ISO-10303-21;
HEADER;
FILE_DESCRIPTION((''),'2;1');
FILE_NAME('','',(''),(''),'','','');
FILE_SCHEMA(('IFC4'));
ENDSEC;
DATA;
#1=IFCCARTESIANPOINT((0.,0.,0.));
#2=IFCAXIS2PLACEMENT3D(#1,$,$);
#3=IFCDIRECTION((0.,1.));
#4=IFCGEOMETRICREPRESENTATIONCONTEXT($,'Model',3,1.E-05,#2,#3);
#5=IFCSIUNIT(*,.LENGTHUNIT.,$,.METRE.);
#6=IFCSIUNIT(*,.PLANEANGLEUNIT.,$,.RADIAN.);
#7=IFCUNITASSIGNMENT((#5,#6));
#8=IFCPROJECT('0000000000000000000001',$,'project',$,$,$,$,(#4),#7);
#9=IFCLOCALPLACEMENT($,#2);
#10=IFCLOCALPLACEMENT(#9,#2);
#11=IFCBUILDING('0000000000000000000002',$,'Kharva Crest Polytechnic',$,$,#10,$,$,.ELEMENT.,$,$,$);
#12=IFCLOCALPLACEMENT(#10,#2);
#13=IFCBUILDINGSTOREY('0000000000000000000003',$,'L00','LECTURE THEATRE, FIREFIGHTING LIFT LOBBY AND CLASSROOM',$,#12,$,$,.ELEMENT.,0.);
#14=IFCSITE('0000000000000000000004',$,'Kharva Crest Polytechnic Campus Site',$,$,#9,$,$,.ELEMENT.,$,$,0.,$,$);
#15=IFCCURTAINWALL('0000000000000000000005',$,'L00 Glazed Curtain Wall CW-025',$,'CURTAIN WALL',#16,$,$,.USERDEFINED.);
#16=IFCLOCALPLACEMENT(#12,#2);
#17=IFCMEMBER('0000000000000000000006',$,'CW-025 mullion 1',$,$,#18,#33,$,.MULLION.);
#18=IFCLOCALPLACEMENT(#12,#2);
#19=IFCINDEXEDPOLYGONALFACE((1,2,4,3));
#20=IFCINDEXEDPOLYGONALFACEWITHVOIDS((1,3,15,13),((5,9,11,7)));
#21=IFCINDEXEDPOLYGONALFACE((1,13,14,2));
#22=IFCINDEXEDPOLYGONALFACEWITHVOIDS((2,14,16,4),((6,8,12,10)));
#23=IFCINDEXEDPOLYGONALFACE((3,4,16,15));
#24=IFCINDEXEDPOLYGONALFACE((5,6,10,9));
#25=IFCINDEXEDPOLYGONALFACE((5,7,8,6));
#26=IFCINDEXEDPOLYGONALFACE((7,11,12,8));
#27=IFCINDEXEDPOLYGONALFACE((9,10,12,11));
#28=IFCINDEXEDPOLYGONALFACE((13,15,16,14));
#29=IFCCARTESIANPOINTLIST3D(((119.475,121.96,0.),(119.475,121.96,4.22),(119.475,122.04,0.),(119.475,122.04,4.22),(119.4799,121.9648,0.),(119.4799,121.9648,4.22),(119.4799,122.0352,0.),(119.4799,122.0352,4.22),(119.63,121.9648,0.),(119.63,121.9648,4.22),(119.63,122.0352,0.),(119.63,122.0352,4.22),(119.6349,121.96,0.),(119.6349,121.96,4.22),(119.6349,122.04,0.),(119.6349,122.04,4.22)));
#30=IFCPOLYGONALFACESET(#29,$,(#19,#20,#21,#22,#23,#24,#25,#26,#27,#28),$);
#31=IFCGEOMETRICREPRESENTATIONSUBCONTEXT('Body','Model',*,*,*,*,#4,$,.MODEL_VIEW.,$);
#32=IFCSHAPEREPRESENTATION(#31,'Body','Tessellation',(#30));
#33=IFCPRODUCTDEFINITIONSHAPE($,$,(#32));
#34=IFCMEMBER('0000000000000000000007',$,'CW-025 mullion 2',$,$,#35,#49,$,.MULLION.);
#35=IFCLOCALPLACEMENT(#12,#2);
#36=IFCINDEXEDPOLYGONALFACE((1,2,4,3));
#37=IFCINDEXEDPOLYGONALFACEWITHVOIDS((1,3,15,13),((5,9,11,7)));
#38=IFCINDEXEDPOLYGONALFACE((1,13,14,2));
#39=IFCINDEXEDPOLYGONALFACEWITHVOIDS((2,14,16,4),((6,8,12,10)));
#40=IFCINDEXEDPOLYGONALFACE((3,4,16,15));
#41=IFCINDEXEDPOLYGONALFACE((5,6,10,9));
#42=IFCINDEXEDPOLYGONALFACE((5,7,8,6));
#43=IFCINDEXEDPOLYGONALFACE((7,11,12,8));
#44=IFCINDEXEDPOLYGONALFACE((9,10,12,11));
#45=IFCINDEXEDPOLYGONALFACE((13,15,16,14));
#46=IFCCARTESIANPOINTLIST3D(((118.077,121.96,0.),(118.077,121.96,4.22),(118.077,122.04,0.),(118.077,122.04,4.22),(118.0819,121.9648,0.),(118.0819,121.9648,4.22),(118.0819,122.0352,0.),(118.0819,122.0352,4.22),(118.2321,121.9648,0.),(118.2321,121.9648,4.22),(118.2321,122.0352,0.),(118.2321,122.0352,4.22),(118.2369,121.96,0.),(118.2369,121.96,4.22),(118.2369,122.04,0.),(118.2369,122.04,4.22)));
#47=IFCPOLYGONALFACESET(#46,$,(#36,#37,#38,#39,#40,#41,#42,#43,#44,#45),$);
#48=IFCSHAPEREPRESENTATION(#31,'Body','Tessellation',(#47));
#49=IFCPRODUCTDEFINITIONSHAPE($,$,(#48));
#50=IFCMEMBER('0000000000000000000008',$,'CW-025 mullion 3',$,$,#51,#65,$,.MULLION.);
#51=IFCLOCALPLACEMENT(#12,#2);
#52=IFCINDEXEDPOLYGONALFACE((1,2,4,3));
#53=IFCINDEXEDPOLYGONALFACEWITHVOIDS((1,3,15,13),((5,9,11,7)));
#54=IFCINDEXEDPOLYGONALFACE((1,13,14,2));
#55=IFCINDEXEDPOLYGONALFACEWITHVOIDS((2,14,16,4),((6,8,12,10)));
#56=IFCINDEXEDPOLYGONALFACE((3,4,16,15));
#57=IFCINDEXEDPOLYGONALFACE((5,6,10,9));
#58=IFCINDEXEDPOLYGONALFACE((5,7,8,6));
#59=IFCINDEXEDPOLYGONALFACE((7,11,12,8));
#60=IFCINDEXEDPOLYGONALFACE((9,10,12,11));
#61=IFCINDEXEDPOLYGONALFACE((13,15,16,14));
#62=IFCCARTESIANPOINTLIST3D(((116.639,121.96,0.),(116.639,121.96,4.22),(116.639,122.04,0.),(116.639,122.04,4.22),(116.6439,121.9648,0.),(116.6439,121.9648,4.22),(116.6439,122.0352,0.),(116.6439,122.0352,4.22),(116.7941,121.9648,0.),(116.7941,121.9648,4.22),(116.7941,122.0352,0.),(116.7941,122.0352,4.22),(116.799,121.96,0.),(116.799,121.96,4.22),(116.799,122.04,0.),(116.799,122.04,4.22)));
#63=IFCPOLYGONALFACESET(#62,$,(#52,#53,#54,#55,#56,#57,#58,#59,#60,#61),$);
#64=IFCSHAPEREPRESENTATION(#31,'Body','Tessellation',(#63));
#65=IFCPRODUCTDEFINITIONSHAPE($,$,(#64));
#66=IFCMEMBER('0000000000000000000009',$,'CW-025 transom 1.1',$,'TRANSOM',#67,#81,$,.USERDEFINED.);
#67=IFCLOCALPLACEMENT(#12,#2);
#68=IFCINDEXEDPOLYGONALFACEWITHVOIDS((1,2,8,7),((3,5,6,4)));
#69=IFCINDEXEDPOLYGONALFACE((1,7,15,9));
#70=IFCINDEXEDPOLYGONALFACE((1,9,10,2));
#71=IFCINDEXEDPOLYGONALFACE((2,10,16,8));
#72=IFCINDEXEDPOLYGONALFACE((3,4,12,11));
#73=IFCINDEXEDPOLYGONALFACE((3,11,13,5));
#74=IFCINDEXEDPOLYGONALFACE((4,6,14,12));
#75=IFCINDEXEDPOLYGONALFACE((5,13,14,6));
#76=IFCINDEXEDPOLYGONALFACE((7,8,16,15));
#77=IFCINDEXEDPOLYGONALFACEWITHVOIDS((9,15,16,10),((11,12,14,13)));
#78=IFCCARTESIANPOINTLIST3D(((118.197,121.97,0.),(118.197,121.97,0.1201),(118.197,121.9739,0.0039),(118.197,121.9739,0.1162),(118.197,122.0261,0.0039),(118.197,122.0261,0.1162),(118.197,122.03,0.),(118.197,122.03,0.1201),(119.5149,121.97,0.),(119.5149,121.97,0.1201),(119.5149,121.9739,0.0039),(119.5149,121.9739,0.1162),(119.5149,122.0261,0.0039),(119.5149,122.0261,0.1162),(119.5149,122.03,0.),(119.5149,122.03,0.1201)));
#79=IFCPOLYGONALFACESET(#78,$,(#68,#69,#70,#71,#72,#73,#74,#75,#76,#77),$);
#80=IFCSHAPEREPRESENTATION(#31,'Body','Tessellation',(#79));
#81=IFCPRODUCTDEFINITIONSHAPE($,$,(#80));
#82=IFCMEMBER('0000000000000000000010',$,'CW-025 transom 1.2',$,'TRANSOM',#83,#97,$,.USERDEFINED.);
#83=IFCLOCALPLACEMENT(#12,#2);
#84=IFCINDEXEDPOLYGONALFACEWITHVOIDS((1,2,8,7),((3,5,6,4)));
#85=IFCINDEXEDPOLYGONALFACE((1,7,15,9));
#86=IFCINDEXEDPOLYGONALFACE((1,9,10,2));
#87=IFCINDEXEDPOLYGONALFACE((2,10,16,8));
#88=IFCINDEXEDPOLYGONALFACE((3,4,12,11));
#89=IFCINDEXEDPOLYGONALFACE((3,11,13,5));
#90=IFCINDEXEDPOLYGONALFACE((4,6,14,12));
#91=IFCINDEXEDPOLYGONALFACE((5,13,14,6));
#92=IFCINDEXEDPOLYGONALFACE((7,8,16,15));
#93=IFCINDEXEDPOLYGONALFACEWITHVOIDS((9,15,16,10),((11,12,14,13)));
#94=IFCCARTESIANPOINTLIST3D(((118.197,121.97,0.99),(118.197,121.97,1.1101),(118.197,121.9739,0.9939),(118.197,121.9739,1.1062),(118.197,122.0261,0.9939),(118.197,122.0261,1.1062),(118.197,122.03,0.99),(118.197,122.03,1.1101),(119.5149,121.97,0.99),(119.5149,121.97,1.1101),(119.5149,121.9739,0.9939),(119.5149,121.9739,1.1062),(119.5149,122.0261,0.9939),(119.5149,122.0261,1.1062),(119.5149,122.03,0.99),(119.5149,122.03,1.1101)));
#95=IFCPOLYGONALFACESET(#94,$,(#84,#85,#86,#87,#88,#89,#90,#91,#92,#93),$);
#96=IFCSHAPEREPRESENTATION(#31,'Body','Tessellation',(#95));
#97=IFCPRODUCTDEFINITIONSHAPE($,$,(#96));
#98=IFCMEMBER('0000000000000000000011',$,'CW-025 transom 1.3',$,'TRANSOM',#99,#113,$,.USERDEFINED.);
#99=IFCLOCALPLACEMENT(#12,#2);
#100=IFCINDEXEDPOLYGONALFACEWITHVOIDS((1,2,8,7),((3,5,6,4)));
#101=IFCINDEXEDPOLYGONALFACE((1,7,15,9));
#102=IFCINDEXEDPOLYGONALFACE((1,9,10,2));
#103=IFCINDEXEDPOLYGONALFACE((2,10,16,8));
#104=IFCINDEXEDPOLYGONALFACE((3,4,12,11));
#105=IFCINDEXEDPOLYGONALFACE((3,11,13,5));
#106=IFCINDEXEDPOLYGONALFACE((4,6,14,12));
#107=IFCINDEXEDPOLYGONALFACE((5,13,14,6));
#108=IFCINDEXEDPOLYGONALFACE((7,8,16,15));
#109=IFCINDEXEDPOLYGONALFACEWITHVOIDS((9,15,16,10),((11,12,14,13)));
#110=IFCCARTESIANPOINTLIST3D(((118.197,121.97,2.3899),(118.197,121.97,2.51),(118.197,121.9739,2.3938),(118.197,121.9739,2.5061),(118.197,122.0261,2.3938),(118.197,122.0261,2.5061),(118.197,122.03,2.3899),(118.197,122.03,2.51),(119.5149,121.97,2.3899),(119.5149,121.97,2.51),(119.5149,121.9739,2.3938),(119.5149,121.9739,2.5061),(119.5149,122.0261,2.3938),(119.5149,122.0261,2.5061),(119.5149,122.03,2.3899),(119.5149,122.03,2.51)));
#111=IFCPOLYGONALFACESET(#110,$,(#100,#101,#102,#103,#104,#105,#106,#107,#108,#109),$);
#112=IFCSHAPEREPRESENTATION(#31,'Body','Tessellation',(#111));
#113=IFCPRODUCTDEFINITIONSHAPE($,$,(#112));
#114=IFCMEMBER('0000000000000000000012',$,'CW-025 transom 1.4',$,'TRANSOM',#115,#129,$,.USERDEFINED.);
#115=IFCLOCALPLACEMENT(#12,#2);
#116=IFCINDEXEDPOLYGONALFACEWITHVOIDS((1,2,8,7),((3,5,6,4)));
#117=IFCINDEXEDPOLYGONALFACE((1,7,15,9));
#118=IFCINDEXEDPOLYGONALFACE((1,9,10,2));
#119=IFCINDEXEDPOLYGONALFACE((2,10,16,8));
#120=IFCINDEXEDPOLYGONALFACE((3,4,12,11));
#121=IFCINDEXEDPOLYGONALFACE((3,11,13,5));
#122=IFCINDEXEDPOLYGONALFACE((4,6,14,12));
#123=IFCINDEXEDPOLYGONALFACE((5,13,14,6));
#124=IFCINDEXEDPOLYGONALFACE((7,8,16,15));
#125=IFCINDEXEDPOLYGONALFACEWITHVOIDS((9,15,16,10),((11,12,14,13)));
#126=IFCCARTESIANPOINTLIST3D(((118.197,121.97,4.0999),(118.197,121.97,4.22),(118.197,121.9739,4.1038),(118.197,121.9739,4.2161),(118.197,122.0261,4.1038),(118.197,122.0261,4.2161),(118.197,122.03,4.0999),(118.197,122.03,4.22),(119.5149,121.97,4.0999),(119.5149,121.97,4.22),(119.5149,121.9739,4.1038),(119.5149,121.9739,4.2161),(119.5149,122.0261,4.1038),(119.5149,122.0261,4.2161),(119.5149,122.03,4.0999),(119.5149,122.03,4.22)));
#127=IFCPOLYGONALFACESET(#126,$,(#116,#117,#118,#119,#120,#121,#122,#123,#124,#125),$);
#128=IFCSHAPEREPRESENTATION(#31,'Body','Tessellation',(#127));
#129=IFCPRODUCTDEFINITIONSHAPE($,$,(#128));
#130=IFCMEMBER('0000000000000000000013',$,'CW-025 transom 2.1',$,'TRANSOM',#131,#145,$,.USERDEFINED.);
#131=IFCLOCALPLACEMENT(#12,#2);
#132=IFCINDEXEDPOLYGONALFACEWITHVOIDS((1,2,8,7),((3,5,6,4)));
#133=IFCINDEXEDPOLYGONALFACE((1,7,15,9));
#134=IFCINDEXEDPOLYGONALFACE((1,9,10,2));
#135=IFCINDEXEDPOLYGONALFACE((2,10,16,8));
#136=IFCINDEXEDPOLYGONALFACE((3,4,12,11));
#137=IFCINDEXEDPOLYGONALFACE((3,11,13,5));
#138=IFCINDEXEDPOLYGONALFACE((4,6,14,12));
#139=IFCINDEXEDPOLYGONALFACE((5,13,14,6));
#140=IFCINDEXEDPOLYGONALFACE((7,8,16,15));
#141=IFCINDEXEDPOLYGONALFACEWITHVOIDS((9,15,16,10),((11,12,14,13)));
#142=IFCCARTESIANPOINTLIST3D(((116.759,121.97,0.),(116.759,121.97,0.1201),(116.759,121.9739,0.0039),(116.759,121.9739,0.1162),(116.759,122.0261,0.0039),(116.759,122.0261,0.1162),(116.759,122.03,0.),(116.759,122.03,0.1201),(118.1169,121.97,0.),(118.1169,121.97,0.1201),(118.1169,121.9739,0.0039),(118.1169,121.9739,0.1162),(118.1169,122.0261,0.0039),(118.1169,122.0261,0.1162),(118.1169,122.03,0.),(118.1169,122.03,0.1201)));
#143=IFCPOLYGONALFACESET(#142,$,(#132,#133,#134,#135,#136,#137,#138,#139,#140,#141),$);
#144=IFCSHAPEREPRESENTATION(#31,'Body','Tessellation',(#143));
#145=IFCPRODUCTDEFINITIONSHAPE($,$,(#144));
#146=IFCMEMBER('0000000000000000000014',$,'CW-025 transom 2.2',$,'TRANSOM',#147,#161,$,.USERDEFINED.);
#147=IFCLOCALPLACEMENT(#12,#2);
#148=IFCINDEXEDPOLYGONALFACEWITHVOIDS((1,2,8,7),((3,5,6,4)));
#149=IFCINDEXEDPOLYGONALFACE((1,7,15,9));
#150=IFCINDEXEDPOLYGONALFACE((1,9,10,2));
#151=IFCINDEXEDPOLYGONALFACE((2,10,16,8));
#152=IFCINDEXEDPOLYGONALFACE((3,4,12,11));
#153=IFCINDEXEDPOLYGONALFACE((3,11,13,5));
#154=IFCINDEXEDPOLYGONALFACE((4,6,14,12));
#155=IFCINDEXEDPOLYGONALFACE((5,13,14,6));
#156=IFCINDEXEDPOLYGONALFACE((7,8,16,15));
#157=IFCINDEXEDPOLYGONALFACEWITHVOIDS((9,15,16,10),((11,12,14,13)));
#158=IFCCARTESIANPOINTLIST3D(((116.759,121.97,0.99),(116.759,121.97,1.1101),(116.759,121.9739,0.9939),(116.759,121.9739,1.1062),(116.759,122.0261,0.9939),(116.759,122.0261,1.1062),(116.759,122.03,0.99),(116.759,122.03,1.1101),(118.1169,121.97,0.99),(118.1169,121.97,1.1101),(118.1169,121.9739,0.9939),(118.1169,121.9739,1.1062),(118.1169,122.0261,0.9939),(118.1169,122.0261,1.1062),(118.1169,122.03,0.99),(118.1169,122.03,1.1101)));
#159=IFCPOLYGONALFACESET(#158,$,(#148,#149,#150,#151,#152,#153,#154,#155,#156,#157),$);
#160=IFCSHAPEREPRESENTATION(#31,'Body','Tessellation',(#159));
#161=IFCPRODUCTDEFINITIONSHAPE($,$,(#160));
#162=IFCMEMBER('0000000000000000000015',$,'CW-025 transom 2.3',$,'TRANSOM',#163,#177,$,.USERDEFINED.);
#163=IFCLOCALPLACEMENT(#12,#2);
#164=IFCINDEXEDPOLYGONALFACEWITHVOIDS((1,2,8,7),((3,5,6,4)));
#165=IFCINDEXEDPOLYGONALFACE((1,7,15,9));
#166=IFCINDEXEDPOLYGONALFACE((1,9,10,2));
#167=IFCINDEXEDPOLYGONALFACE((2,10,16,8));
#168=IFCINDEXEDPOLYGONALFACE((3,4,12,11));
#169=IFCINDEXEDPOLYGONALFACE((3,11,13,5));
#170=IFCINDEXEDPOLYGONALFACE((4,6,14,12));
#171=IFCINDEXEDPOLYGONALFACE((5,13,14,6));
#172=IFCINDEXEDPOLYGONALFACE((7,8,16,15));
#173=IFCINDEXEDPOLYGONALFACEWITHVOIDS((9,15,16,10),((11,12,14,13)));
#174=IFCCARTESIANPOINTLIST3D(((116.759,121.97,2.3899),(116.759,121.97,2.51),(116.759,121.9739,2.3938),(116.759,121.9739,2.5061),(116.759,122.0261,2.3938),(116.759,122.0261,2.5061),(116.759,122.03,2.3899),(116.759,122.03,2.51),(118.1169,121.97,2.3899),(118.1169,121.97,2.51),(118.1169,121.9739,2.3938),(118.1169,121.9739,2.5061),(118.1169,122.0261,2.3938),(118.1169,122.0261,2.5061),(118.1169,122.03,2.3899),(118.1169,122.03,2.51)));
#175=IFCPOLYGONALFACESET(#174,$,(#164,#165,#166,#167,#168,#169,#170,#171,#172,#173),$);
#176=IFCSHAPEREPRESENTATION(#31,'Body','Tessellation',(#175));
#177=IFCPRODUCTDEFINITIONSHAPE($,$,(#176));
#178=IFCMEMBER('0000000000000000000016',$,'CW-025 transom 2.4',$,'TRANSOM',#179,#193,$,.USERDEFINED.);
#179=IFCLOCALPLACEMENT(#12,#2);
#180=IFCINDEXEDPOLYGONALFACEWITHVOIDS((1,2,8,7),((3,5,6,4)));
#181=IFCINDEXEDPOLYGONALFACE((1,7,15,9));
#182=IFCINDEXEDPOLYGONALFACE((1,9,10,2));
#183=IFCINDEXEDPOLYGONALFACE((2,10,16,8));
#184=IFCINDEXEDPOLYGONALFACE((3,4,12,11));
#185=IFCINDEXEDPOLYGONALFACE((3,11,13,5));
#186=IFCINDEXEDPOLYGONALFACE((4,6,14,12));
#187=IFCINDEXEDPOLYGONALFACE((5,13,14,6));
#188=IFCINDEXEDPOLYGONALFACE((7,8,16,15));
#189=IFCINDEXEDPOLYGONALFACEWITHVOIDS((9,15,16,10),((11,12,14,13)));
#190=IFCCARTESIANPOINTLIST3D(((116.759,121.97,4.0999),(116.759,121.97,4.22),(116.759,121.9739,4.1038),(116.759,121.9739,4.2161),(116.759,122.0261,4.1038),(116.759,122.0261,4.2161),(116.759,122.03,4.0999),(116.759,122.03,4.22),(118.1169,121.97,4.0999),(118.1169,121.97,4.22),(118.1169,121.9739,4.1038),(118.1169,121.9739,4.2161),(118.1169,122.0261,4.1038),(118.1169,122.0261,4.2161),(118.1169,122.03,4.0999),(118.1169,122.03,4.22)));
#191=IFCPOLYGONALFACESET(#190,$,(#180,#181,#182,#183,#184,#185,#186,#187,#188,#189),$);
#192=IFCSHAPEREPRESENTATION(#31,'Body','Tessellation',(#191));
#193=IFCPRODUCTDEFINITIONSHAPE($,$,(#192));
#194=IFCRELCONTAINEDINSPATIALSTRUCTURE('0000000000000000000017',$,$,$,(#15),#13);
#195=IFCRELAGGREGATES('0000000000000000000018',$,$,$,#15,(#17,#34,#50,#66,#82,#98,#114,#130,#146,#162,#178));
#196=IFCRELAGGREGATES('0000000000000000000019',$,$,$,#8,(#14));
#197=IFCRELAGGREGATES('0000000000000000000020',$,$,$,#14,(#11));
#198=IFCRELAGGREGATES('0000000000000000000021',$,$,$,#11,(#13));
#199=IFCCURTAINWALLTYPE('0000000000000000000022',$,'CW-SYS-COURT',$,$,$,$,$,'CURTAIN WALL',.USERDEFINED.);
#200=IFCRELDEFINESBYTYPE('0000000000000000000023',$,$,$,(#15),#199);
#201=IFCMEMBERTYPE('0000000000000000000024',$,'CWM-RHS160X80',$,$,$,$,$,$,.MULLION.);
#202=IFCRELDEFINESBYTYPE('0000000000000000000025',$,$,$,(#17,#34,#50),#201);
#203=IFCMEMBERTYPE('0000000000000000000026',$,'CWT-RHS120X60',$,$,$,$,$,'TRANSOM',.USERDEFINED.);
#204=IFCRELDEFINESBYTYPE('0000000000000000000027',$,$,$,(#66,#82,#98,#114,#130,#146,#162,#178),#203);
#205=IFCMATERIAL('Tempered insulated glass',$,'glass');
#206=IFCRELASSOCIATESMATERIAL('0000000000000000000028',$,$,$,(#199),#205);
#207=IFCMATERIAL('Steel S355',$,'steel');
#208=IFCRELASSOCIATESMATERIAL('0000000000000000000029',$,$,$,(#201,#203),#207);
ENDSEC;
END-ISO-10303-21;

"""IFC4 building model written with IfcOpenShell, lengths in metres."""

from ifc_helpers import new_model, si_unit, direction, frame, origin, origin_2d, place, context, subcontext, project, spatial, hollow_rectangle, extrude, material, material_profile, profile_set, type_object, element, aggregate, save


model = new_model("IFC4")

# Units and contexts
model_context = context("Model", 3, precision=1e-05, world=origin(), true_north=direction((0.0, 1.0)))
body_context = subcontext(model_context, "Body", "Model", "MODEL_VIEW")
ifc_project = project(units=[si_unit("LENGTHUNIT", "METRE"), si_unit("PLANEANGLEUNIT", "RADIAN")], contexts=[model_context])

# Site, building, storey
site_placement = place(None, origin())
site = spatial("IfcSite", under=ifc_project, at=site_placement, Name="Kharva Crest Polytechnic Campus Site", CompositionType="ELEMENT", RefElevation=0.0)
building_placement = place(site_placement, origin())
building = spatial("IfcBuilding", under=site, at=building_placement, Name="Kharva Crest Polytechnic", CompositionType="ELEMENT")
storey_placement = place(building_placement, origin())
storey = spatial("IfcBuildingStorey", under=building, at=storey_placement, Name="L00", Description="LECTURE THEATRE, FIREFIGHTING LIFT LOBBY AND CLASSROOM", CompositionType="ELEMENT", Elevation=0.0)

# Curtain wall, members
ifc_material_1 = material(Name="Tempered insulated glass", Category="glass")
curtain_wall_type = type_object("IfcCurtainWallType", Name="CW-SYS-COURT", ElementType="CURTAIN WALL", PredefinedType="USERDEFINED", material=ifc_material_1)
curtain_wall_placement = place(storey_placement, origin())
curtain_wall = element("IfcCurtainWall", 1, at=curtain_wall_placement, inside=storey, type_object=curtain_wall_type, Name="L00 Glazed Curtain Wall CW-025", ObjectType="CURTAIN WALL", PredefinedType="USERDEFINED")
ifc_material_2 = material(Name="Steel S355", Category="steel")
ifc_material_profile_1 = material_profile(ifc_material_2, hollow_rectangle(XDim=0.0801, YDim=0.1599, WallThickness=0.0049, at=origin_2d()), Name="RHS 160X80X5.0")
ifc_profile_set_1 = profile_set([ifc_material_profile_1], Name="Steel S355")
member_type_1 = type_object("IfcMemberType", Name="CWM-RHS160X80", PredefinedType="MULLION", material=ifc_profile_set_1)
member_1_placement = place(storey_placement, frame((119.5549, 122.0, 0.0), z_axis=(0.0, 0.0, 1.0), x_axis=(0.0, -1.0, 0.0)))
member_1 = element("IfcMember", 2, at=member_1_placement, type_object=member_type_1, Name="CW-025 mullion 1", PredefinedType="MULLION", context=body_context, shape_type="SweptSolid", body=[
    extrude(hollow_rectangle(XDim=0.0801, YDim=0.1599, WallThickness=0.0049, at=origin_2d()), origin(), (0.0, 0.0, 1.0), 4.22),
])
member_2_placement = place(storey_placement, frame((118.157, 122.0, 0.0), z_axis=(0.0, 0.0, 1.0), x_axis=(0.0, -1.0, 0.0)))
member_2 = element("IfcMember", 3, at=member_2_placement, type_object=member_type_1, Name="CW-025 mullion 2", PredefinedType="MULLION", context=body_context, shape_type="SweptSolid", body=[
    extrude(hollow_rectangle(XDim=0.0801, YDim=0.1599, WallThickness=0.0049, at=origin_2d()), origin(), (0.0, 0.0, 1.0), 4.22),
])
member_3_placement = place(storey_placement, frame((116.719, 122.0, 0.0), z_axis=(0.0, 0.0, 1.0), x_axis=(0.0, -1.0, 0.0)))
member_3 = element("IfcMember", 4, at=member_3_placement, type_object=member_type_1, Name="CW-025 mullion 3", PredefinedType="MULLION", context=body_context, shape_type="SweptSolid", body=[
    extrude(hollow_rectangle(XDim=0.0801, YDim=0.1599, WallThickness=0.0049, at=origin_2d()), origin(), (0.0, 0.0, 1.0), 4.22),
])
ifc_material_profile_2 = material_profile(ifc_material_2, hollow_rectangle(XDim=0.0601, YDim=0.1201, WallThickness=0.0039, at=origin_2d()), Name="RHS 120X60X4.0")
ifc_profile_set_2 = profile_set([ifc_material_profile_2], Name="Steel S355")
member_type_2 = type_object("IfcMemberType", Name="CWT-RHS120X60", ElementType="TRANSOM", PredefinedType="USERDEFINED", material=ifc_profile_set_2)
member_4_placement = place(storey_placement, frame((119.5149, 122.0, 0.0601), z_axis=(-1.0, 0.0, 0.0), x_axis=(0.0, -1.0, 0.0)))
member_4 = element("IfcMember", 5, at=member_4_placement, type_object=member_type_2, Name="CW-025 transom 1.1", ObjectType="TRANSOM", PredefinedType="USERDEFINED", context=body_context, shape_type="SweptSolid", body=[
    extrude(hollow_rectangle(XDim=0.0601, YDim=0.1201, WallThickness=0.0039, at=origin_2d()), origin(), (0.0, 0.0, 1.0), 1.3179),
])
member_5_placement = place(storey_placement, frame((119.5149, 122.0, 1.05), z_axis=(-1.0, 0.0, 0.0), x_axis=(0.0, -1.0, 0.0)))
member_5 = element("IfcMember", 6, at=member_5_placement, type_object=member_type_2, Name="CW-025 transom 1.2", ObjectType="TRANSOM", PredefinedType="USERDEFINED", context=body_context, shape_type="SweptSolid", body=[
    extrude(hollow_rectangle(XDim=0.0601, YDim=0.1201, WallThickness=0.0039, at=origin_2d()), origin(), (0.0, 0.0, 1.0), 1.3179),
])
member_6_placement = place(storey_placement, frame((119.5149, 122.0, 2.45), z_axis=(-1.0, 0.0, 0.0), x_axis=(0.0, -1.0, 0.0)))
member_6 = element("IfcMember", 7, at=member_6_placement, type_object=member_type_2, Name="CW-025 transom 1.3", ObjectType="TRANSOM", PredefinedType="USERDEFINED", context=body_context, shape_type="SweptSolid", body=[
    extrude(hollow_rectangle(XDim=0.0601, YDim=0.1201, WallThickness=0.0039, at=origin_2d()), origin(), (0.0, 0.0, 1.0), 1.3179),
])
member_7_placement = place(storey_placement, frame((119.5149, 122.0, 4.1599), z_axis=(-1.0, 0.0, 0.0), x_axis=(0.0, -1.0, 0.0)))
member_7 = element("IfcMember", 8, at=member_7_placement, type_object=member_type_2, Name="CW-025 transom 1.4", ObjectType="TRANSOM", PredefinedType="USERDEFINED", context=body_context, shape_type="SweptSolid", body=[
    extrude(hollow_rectangle(XDim=0.0601, YDim=0.1201, WallThickness=0.0039, at=origin_2d()), origin(), (0.0, 0.0, 1.0), 1.3179),
])
member_8_placement = place(storey_placement, frame((118.1169, 122.0, 0.0601), z_axis=(-1.0, 0.0, 0.0), x_axis=(0.0, -1.0, 0.0)))
member_8 = element("IfcMember", 9, at=member_8_placement, type_object=member_type_2, Name="CW-025 transom 2.1", ObjectType="TRANSOM", PredefinedType="USERDEFINED", context=body_context, shape_type="SweptSolid", body=[
    extrude(hollow_rectangle(XDim=0.0601, YDim=0.1201, WallThickness=0.0039, at=origin_2d()), origin(), (0.0, 0.0, 1.0), 1.3579),
])
member_9_placement = place(storey_placement, frame((118.1169, 122.0, 1.05), z_axis=(-1.0, 0.0, 0.0), x_axis=(0.0, -1.0, 0.0)))
member_9 = element("IfcMember", 10, at=member_9_placement, type_object=member_type_2, Name="CW-025 transom 2.2", ObjectType="TRANSOM", PredefinedType="USERDEFINED", context=body_context, shape_type="SweptSolid", body=[
    extrude(hollow_rectangle(XDim=0.0601, YDim=0.1201, WallThickness=0.0039, at=origin_2d()), origin(), (0.0, 0.0, 1.0), 1.3579),
])
member_10_placement = place(storey_placement, frame((118.1169, 122.0, 2.45), z_axis=(-1.0, 0.0, 0.0), x_axis=(0.0, -1.0, 0.0)))
member_10 = element("IfcMember", 11, at=member_10_placement, type_object=member_type_2, Name="CW-025 transom 2.3", ObjectType="TRANSOM", PredefinedType="USERDEFINED", context=body_context, shape_type="SweptSolid", body=[
    extrude(hollow_rectangle(XDim=0.0601, YDim=0.1201, WallThickness=0.0039, at=origin_2d()), origin(), (0.0, 0.0, 1.0), 1.3579),
])
member_11_placement = place(storey_placement, frame((118.1169, 122.0, 4.1599), z_axis=(-1.0, 0.0, 0.0), x_axis=(0.0, -1.0, 0.0)))
member_11 = element("IfcMember", 12, at=member_11_placement, type_object=member_type_2, Name="CW-025 transom 2.4", ObjectType="TRANSOM", PredefinedType="USERDEFINED", context=body_context, shape_type="SweptSolid", body=[
    extrude(hollow_rectangle(XDim=0.0601, YDim=0.1201, WallThickness=0.0039, at=origin_2d()), origin(), (0.0, 0.0, 1.0), 1.3579),
])
aggregate(curtain_wall, [member_1, member_2, member_3, member_4, member_5, member_6, member_7, member_8, member_9, member_10, member_11])

save(model, "model.ifc")
